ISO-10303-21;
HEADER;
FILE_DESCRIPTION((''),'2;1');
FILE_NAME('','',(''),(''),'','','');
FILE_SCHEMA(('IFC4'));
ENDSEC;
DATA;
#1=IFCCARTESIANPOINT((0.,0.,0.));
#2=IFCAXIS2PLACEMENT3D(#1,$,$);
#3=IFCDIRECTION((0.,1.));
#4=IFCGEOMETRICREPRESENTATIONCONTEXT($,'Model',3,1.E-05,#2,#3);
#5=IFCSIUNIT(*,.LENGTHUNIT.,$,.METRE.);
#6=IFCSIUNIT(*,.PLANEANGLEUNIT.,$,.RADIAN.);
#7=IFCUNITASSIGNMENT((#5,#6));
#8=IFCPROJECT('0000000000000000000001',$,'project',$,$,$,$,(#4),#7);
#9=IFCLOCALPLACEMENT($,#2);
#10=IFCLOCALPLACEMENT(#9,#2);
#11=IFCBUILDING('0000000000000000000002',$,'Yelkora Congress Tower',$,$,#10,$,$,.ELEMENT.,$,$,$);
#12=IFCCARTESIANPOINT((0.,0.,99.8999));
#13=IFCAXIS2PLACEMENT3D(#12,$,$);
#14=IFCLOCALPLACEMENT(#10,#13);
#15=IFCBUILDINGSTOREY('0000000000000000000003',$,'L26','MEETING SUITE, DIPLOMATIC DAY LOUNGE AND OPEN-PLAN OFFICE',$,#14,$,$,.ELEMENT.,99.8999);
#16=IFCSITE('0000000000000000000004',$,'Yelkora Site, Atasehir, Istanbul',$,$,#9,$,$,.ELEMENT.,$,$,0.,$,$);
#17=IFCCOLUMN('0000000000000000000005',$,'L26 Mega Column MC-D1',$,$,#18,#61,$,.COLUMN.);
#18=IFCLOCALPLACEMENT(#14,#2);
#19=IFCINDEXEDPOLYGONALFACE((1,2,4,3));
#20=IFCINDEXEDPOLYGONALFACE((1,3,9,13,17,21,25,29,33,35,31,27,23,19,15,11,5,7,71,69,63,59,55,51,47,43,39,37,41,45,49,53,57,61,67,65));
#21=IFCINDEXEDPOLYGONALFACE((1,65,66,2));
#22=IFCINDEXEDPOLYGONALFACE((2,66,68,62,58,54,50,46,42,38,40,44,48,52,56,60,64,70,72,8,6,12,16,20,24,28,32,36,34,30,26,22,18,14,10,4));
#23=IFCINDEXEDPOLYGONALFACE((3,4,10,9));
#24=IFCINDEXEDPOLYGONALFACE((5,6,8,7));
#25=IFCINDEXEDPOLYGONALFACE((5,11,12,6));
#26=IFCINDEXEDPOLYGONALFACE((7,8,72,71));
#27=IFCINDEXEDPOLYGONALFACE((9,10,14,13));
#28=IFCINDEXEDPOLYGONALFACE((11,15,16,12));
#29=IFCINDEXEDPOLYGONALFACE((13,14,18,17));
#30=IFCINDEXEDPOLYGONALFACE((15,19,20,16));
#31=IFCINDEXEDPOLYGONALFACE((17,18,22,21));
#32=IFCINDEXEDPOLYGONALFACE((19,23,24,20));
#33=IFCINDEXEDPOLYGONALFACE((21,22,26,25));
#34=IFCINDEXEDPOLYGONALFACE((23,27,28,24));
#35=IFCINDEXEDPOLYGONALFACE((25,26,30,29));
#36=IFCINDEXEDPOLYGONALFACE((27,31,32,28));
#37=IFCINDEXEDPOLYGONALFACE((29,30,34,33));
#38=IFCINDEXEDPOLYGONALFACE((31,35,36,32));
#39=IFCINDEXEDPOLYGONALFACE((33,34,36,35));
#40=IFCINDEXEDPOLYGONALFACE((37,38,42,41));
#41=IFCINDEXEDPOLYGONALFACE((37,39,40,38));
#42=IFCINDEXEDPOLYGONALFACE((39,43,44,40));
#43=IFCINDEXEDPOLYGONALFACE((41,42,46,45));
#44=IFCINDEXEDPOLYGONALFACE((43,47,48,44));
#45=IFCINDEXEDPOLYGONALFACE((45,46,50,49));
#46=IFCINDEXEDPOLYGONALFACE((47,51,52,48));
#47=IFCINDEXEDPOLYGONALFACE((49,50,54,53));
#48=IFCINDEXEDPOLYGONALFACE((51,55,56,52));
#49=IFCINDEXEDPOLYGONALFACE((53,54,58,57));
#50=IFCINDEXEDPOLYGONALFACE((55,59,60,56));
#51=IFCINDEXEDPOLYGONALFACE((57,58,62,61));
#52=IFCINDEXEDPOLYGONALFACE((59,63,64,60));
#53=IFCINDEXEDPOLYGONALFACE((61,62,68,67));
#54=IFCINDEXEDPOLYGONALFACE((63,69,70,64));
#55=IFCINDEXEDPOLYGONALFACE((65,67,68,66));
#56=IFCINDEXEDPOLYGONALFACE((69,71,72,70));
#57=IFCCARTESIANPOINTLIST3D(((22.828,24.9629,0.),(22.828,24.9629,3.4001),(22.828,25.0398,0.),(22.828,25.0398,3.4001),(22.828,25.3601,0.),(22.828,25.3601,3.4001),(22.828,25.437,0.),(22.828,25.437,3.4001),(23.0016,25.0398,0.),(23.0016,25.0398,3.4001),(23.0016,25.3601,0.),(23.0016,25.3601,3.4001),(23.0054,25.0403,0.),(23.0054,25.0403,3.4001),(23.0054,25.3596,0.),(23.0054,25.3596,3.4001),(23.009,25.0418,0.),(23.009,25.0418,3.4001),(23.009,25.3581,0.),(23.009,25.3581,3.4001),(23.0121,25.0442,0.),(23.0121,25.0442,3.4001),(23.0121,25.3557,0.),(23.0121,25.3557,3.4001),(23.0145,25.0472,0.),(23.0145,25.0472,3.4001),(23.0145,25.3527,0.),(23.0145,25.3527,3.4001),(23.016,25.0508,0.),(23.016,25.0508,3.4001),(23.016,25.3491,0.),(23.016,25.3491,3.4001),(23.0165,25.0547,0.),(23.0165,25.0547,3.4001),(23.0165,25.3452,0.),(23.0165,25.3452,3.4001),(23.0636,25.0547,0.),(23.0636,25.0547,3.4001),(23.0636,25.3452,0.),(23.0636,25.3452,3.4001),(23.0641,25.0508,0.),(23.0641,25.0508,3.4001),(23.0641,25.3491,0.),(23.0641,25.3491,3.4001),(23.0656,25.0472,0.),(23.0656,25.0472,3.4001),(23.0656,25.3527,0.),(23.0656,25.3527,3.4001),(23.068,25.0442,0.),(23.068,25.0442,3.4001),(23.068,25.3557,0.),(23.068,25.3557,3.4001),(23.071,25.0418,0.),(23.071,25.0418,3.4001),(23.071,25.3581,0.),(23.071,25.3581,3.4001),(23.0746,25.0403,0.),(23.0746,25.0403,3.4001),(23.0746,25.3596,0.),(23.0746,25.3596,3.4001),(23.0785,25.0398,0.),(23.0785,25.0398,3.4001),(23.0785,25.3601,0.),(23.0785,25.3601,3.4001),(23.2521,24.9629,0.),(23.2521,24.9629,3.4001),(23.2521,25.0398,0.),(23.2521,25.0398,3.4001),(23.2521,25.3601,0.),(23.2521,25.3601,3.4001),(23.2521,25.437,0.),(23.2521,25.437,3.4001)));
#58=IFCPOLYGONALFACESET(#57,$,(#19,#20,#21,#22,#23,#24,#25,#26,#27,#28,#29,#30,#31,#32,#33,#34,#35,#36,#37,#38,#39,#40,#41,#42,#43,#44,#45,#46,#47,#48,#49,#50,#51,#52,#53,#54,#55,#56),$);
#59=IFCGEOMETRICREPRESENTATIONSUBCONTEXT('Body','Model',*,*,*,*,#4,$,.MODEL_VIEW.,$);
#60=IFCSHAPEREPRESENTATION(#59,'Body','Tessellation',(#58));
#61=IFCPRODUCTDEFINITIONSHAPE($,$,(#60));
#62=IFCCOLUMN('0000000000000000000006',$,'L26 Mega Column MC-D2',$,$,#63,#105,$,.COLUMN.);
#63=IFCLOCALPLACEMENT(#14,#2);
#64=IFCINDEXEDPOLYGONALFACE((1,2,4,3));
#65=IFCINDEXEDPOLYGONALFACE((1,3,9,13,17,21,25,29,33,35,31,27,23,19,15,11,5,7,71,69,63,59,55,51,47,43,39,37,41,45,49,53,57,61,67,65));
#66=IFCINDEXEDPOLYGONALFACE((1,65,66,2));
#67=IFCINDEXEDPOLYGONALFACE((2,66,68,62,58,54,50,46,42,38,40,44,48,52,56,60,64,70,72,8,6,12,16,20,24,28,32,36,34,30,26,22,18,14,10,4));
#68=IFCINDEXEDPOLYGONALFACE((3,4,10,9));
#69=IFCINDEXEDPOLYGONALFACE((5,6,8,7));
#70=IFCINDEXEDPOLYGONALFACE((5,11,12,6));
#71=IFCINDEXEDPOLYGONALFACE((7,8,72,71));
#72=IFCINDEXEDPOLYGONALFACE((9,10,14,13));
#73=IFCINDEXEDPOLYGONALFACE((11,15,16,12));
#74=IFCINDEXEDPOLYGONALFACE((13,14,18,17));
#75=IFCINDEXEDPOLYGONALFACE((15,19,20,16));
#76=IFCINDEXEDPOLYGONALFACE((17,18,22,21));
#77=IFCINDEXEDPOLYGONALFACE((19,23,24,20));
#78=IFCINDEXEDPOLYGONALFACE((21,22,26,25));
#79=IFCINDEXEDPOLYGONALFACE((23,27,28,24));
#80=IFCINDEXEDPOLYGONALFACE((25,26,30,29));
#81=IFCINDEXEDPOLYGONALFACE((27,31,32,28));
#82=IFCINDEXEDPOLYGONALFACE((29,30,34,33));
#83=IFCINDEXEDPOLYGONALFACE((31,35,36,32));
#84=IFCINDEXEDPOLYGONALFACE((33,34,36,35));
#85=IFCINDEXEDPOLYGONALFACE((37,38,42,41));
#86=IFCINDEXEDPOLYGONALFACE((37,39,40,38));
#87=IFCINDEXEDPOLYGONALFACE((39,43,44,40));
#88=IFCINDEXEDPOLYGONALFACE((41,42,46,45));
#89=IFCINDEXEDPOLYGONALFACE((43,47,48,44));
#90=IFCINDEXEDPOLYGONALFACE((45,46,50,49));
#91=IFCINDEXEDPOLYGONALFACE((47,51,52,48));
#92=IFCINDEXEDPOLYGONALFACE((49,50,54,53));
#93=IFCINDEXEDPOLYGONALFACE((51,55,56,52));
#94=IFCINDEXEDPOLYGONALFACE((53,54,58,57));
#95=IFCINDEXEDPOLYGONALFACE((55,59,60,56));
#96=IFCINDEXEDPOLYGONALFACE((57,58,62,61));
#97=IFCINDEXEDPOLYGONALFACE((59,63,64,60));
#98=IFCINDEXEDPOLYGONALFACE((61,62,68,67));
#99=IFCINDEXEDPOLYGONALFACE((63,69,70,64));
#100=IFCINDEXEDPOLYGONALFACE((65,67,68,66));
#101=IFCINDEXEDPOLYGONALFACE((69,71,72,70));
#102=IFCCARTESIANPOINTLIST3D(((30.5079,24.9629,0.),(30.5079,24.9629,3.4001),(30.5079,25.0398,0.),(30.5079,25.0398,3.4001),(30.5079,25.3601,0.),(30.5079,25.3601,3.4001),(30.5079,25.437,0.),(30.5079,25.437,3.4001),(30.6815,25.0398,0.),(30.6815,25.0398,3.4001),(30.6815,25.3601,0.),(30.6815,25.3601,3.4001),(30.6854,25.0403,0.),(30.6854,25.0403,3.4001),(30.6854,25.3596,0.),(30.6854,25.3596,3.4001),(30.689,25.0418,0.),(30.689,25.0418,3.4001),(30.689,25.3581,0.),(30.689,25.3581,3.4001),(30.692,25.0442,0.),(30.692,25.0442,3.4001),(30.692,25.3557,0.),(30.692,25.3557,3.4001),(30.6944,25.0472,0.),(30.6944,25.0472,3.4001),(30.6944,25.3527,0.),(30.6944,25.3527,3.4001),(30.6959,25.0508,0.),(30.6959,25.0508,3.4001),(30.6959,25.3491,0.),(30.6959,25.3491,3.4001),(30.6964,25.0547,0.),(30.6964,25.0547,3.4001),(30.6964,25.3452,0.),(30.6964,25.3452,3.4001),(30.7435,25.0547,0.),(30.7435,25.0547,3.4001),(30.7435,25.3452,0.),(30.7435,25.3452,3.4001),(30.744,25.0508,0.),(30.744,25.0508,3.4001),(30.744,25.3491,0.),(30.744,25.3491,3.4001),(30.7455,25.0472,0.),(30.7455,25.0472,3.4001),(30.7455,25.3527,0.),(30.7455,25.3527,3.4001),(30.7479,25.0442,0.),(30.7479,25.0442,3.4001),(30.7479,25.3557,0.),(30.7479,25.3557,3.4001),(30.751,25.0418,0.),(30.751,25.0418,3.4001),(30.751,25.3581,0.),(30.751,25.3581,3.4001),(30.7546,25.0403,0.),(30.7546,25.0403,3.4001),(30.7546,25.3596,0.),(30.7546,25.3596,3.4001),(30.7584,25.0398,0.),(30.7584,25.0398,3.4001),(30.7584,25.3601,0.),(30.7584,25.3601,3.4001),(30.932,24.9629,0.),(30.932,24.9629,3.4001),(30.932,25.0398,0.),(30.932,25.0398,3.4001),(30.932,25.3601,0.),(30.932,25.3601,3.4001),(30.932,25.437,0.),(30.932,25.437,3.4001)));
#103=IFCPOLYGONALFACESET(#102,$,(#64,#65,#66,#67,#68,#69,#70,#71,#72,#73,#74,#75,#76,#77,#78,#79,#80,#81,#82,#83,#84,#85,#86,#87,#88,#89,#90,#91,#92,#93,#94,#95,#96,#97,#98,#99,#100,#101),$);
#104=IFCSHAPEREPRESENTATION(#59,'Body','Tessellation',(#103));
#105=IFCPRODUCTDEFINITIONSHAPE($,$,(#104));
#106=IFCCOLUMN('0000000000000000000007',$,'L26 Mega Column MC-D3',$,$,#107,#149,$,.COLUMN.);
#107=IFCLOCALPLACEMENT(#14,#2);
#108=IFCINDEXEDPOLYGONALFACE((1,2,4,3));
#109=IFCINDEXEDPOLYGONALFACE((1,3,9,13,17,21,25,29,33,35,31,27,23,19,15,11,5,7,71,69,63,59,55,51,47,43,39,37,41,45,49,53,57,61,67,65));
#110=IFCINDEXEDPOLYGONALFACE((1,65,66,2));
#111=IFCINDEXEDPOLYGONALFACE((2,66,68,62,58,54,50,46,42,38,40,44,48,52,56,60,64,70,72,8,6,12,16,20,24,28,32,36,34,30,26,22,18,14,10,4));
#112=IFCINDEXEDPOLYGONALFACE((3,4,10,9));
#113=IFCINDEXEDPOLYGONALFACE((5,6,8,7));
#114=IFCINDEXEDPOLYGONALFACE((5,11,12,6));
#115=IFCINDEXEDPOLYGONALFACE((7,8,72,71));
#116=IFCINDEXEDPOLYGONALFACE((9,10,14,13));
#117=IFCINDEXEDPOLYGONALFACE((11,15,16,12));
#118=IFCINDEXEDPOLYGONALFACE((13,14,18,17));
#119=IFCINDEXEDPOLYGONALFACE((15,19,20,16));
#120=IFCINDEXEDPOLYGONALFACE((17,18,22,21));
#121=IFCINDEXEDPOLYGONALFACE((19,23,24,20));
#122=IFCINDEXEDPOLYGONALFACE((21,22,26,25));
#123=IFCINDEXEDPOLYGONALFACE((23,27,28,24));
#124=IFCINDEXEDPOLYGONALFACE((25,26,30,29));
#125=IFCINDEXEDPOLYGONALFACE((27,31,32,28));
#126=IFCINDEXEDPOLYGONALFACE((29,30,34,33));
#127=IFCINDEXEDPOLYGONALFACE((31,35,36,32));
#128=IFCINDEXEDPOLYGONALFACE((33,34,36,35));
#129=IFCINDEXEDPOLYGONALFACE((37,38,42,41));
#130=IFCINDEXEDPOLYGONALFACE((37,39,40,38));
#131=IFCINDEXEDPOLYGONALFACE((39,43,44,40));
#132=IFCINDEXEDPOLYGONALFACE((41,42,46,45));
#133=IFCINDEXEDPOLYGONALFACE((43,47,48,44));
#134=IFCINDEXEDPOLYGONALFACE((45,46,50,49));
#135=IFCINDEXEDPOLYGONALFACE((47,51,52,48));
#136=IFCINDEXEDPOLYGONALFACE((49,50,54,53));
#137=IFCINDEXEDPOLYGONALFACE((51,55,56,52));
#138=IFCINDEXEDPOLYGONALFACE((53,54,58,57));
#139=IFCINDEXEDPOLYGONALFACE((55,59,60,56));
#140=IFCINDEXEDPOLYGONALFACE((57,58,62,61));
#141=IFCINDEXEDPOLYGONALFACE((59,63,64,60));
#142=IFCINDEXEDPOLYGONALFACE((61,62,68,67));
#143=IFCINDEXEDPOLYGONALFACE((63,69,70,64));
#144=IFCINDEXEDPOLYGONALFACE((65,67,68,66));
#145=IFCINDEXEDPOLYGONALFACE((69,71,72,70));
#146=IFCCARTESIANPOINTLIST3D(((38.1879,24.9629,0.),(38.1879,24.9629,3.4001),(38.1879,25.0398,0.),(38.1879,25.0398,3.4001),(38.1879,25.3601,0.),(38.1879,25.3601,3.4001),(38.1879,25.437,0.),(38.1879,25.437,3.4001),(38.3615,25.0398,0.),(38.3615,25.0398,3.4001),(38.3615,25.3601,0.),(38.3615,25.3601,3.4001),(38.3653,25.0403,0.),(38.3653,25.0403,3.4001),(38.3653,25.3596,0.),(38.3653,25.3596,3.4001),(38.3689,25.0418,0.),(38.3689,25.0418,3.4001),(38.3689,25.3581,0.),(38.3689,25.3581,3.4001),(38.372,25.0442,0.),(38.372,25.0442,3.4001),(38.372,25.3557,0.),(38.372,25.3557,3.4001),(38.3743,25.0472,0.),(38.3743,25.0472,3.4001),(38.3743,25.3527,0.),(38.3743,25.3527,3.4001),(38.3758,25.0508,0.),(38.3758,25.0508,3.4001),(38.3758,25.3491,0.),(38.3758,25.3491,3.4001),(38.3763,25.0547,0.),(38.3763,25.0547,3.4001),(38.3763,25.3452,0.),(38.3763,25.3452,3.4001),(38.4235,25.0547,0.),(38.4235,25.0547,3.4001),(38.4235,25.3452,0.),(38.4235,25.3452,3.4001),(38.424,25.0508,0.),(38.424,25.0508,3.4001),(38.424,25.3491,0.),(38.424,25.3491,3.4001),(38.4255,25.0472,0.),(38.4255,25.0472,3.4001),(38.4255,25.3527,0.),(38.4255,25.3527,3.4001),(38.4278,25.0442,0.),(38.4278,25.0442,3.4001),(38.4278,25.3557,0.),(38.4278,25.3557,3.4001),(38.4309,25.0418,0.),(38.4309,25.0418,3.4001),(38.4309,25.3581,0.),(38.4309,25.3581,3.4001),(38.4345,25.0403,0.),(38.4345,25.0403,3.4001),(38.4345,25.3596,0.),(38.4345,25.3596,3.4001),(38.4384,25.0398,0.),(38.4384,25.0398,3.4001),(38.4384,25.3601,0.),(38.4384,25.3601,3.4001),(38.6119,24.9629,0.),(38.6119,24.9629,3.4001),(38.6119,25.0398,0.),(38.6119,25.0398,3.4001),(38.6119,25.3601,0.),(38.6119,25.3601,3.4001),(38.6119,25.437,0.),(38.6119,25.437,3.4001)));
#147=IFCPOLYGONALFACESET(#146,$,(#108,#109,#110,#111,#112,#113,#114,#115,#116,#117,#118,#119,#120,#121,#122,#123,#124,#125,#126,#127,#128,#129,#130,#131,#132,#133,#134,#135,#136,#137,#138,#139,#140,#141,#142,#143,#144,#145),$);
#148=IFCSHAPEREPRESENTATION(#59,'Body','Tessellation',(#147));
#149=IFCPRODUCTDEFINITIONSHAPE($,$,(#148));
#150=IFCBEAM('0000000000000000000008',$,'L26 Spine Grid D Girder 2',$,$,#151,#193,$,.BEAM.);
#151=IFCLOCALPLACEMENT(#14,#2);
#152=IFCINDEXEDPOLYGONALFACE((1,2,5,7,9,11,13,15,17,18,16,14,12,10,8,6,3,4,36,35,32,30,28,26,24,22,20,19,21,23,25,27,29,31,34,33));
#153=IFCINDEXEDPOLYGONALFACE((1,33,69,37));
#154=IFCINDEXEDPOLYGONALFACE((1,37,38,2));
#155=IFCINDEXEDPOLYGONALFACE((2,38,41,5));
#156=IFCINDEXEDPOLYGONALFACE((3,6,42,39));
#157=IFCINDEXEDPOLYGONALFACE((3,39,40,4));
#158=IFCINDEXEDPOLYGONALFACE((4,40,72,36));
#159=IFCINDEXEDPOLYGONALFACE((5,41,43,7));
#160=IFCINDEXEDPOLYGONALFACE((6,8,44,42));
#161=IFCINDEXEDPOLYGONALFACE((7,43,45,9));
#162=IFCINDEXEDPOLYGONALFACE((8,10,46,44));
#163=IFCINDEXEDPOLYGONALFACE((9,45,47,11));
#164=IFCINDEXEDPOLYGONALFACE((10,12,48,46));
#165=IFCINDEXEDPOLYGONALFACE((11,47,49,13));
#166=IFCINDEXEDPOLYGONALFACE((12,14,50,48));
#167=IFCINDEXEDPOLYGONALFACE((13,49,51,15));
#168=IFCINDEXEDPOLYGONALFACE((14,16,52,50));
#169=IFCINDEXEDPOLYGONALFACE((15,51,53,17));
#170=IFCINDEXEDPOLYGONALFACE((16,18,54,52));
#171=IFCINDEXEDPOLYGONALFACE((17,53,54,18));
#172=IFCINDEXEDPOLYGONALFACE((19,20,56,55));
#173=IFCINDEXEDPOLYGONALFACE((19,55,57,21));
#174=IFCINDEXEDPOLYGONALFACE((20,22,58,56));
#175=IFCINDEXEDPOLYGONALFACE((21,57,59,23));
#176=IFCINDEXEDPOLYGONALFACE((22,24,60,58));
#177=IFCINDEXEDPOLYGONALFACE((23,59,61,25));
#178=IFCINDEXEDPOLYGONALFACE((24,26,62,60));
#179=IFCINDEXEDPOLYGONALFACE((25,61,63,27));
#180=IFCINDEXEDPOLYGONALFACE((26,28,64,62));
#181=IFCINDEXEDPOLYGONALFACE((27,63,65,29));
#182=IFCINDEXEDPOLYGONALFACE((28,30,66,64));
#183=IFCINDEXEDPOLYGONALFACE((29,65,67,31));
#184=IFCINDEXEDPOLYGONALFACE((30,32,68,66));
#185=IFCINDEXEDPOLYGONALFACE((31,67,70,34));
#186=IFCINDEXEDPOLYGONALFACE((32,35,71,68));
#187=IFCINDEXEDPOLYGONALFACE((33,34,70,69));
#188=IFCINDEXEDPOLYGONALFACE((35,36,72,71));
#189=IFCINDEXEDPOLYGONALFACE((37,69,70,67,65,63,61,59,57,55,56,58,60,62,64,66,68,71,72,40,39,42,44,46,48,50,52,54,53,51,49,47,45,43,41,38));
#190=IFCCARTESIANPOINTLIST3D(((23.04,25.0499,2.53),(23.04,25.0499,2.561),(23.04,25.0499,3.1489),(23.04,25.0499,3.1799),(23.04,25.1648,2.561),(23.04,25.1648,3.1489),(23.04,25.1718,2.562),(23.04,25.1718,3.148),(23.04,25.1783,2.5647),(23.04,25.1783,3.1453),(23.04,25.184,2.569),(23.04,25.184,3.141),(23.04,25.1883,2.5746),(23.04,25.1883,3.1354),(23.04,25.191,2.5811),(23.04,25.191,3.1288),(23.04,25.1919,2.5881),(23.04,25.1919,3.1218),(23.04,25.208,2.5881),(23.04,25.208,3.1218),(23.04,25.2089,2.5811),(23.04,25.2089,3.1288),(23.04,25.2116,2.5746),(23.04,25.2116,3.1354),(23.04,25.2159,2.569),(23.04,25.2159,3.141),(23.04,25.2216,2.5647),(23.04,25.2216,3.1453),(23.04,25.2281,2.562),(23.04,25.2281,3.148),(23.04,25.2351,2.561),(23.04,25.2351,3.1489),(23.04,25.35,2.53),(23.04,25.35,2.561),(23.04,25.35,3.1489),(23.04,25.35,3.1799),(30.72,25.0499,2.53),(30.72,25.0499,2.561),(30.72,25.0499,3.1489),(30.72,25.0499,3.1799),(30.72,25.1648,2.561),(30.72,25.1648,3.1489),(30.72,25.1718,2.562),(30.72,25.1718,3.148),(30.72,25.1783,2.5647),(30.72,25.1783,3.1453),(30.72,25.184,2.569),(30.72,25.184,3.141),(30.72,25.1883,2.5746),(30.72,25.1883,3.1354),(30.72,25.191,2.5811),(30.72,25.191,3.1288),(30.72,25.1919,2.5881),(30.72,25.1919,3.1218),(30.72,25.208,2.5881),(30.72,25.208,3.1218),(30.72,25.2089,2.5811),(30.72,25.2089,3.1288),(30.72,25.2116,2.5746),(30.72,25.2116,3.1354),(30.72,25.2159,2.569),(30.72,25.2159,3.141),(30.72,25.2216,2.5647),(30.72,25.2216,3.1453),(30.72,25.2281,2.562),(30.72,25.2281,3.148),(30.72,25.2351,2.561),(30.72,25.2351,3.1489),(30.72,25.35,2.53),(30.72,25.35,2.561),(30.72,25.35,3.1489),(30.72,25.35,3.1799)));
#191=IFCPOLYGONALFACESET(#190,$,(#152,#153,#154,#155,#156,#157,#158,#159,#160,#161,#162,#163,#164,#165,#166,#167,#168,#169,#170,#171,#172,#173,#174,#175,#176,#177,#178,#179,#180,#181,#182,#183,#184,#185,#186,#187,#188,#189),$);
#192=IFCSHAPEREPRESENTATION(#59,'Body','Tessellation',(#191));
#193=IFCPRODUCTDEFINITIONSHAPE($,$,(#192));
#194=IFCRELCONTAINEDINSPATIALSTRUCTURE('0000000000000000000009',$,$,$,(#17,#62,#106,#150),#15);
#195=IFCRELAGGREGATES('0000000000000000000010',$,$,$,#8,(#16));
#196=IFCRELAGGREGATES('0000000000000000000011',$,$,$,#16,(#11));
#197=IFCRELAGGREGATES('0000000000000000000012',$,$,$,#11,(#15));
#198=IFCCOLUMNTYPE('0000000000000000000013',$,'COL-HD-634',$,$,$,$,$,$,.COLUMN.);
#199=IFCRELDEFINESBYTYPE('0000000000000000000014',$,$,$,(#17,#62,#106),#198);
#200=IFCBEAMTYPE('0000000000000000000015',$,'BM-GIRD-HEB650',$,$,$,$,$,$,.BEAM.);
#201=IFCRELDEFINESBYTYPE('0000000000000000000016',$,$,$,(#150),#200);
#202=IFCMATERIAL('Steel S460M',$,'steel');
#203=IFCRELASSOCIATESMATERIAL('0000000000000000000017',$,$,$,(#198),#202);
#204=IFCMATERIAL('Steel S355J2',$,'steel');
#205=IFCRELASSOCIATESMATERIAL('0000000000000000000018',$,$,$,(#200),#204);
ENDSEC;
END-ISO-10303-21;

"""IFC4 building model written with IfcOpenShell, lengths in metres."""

from ifc_helpers import new_model, si_unit, direction, frame, origin, origin_2d, place, context, subcontext, project, spatial, i_section, extrude, material, material_profile, profile_set, type_object, element, save


model = new_model("IFC4")

# Units and contexts
model_context = context("Model", 3, precision=1e-05, world=origin(), true_north=direction((0.0, 1.0)))
body_context = subcontext(model_context, "Body", "Model", "MODEL_VIEW")
ifc_project = project(units=[si_unit("LENGTHUNIT", "METRE"), si_unit("PLANEANGLEUNIT", "RADIAN")], contexts=[model_context])

# Site, building, storey
site_placement = place(None, origin())
site = spatial("IfcSite", under=ifc_project, at=site_placement, Name="Yelkora Site, Atasehir, Istanbul", CompositionType="ELEMENT", RefElevation=0.0)
building_placement = place(site_placement, origin())
building = spatial("IfcBuilding", under=site, at=building_placement, Name="Yelkora Congress Tower", CompositionType="ELEMENT")
storey_placement = place(building_placement, frame((0.0, 0.0, 99.8999)))
storey = spatial("IfcBuildingStorey", under=building, at=storey_placement, Name="L26", Description="MEETING SUITE, DIPLOMATIC DAY LOUNGE AND OPEN-PLAN OFFICE", CompositionType="ELEMENT", Elevation=99.8999)

# Columns
ifc_material_1 = material(Name="Steel S460M", Category="steel")
ifc_material_profile_1 = material_profile(ifc_material_1, i_section(OverallWidth=0.4241, OverallDepth=0.4741, WebThickness=0.0471, FlangeThickness=0.0769, FilletRadius=0.0149, at=origin_2d()), Name="HD 400x634")
ifc_profile_set_1 = profile_set([ifc_material_profile_1], Name="Steel S460M")
column_type = type_object("IfcColumnType", Name="COL-HD-634", PredefinedType="COLUMN", material=ifc_profile_set_1)
for number, where, z_axis, x_axis, name in (
    (1, (23.04, 25.2, 0.0), (0.0, 0.0, 1.0), (1.0, 0.0, 0.0), "L26 Mega Column MC-D1"),
    (2, (30.72, 25.2, 0.0), (0.0, 0.0, 1.0), (1.0, 0.0, 0.0), "L26 Mega Column MC-D2"),
    (3, (38.3999, 25.2, 0.0), (0.0, 0.0, 1.0), (1.0, 0.0, 0.0), "L26 Mega Column MC-D3"),
):
    element("IfcColumn", number, at=place(storey_placement, frame(where, z_axis=z_axis, x_axis=x_axis)), inside=storey, type_object=column_type, Name=name, PredefinedType="COLUMN", context=body_context, shape_type="SweptSolid", body=[
        extrude(i_section(OverallWidth=0.4241, OverallDepth=0.4741, WebThickness=0.0471, FlangeThickness=0.0769, FilletRadius=0.0149, at=origin_2d()), origin(), (0.0, 0.0, 1.0), 3.4001),
    ])

# Beam
ifc_material_2 = material(Name="Steel S355J2", Category="steel")
ifc_material_profile_2 = material_profile(ifc_material_2, i_section(OverallWidth=0.3, OverallDepth=0.6499, WebThickness=0.0161, FlangeThickness=0.031, FilletRadius=0.0271, at=origin_2d()), Name="HEB 650")
ifc_profile_set_2 = profile_set([ifc_material_profile_2], Name="Steel S355J2")
beam_type_1 = type_object("IfcBeamType", Name="BM-GIRD-HEB650", PredefinedType="BEAM", material=ifc_profile_set_2)
for number, where, z_axis, x_axis, name in (
    (4, (23.04, 25.2, 2.855), (1.0, 0.0, 0.0), (0.0, 1.0, 0.0), "L26 Spine Grid D Girder 2"),
):
    element("IfcBeam", number, at=place(storey_placement, frame(where, z_axis=z_axis, x_axis=x_axis)), inside=storey, type_object=beam_type_1, Name=name, PredefinedType="BEAM", context=body_context, shape_type="SweptSolid", body=[
        extrude(i_section(OverallWidth=0.3, OverallDepth=0.6499, WebThickness=0.0161, FlangeThickness=0.031, FilletRadius=0.0271, at=origin_2d()), origin(), (0.0, 0.0, 1.0), 7.6799),
    ])

save(model, "model.ifc")
